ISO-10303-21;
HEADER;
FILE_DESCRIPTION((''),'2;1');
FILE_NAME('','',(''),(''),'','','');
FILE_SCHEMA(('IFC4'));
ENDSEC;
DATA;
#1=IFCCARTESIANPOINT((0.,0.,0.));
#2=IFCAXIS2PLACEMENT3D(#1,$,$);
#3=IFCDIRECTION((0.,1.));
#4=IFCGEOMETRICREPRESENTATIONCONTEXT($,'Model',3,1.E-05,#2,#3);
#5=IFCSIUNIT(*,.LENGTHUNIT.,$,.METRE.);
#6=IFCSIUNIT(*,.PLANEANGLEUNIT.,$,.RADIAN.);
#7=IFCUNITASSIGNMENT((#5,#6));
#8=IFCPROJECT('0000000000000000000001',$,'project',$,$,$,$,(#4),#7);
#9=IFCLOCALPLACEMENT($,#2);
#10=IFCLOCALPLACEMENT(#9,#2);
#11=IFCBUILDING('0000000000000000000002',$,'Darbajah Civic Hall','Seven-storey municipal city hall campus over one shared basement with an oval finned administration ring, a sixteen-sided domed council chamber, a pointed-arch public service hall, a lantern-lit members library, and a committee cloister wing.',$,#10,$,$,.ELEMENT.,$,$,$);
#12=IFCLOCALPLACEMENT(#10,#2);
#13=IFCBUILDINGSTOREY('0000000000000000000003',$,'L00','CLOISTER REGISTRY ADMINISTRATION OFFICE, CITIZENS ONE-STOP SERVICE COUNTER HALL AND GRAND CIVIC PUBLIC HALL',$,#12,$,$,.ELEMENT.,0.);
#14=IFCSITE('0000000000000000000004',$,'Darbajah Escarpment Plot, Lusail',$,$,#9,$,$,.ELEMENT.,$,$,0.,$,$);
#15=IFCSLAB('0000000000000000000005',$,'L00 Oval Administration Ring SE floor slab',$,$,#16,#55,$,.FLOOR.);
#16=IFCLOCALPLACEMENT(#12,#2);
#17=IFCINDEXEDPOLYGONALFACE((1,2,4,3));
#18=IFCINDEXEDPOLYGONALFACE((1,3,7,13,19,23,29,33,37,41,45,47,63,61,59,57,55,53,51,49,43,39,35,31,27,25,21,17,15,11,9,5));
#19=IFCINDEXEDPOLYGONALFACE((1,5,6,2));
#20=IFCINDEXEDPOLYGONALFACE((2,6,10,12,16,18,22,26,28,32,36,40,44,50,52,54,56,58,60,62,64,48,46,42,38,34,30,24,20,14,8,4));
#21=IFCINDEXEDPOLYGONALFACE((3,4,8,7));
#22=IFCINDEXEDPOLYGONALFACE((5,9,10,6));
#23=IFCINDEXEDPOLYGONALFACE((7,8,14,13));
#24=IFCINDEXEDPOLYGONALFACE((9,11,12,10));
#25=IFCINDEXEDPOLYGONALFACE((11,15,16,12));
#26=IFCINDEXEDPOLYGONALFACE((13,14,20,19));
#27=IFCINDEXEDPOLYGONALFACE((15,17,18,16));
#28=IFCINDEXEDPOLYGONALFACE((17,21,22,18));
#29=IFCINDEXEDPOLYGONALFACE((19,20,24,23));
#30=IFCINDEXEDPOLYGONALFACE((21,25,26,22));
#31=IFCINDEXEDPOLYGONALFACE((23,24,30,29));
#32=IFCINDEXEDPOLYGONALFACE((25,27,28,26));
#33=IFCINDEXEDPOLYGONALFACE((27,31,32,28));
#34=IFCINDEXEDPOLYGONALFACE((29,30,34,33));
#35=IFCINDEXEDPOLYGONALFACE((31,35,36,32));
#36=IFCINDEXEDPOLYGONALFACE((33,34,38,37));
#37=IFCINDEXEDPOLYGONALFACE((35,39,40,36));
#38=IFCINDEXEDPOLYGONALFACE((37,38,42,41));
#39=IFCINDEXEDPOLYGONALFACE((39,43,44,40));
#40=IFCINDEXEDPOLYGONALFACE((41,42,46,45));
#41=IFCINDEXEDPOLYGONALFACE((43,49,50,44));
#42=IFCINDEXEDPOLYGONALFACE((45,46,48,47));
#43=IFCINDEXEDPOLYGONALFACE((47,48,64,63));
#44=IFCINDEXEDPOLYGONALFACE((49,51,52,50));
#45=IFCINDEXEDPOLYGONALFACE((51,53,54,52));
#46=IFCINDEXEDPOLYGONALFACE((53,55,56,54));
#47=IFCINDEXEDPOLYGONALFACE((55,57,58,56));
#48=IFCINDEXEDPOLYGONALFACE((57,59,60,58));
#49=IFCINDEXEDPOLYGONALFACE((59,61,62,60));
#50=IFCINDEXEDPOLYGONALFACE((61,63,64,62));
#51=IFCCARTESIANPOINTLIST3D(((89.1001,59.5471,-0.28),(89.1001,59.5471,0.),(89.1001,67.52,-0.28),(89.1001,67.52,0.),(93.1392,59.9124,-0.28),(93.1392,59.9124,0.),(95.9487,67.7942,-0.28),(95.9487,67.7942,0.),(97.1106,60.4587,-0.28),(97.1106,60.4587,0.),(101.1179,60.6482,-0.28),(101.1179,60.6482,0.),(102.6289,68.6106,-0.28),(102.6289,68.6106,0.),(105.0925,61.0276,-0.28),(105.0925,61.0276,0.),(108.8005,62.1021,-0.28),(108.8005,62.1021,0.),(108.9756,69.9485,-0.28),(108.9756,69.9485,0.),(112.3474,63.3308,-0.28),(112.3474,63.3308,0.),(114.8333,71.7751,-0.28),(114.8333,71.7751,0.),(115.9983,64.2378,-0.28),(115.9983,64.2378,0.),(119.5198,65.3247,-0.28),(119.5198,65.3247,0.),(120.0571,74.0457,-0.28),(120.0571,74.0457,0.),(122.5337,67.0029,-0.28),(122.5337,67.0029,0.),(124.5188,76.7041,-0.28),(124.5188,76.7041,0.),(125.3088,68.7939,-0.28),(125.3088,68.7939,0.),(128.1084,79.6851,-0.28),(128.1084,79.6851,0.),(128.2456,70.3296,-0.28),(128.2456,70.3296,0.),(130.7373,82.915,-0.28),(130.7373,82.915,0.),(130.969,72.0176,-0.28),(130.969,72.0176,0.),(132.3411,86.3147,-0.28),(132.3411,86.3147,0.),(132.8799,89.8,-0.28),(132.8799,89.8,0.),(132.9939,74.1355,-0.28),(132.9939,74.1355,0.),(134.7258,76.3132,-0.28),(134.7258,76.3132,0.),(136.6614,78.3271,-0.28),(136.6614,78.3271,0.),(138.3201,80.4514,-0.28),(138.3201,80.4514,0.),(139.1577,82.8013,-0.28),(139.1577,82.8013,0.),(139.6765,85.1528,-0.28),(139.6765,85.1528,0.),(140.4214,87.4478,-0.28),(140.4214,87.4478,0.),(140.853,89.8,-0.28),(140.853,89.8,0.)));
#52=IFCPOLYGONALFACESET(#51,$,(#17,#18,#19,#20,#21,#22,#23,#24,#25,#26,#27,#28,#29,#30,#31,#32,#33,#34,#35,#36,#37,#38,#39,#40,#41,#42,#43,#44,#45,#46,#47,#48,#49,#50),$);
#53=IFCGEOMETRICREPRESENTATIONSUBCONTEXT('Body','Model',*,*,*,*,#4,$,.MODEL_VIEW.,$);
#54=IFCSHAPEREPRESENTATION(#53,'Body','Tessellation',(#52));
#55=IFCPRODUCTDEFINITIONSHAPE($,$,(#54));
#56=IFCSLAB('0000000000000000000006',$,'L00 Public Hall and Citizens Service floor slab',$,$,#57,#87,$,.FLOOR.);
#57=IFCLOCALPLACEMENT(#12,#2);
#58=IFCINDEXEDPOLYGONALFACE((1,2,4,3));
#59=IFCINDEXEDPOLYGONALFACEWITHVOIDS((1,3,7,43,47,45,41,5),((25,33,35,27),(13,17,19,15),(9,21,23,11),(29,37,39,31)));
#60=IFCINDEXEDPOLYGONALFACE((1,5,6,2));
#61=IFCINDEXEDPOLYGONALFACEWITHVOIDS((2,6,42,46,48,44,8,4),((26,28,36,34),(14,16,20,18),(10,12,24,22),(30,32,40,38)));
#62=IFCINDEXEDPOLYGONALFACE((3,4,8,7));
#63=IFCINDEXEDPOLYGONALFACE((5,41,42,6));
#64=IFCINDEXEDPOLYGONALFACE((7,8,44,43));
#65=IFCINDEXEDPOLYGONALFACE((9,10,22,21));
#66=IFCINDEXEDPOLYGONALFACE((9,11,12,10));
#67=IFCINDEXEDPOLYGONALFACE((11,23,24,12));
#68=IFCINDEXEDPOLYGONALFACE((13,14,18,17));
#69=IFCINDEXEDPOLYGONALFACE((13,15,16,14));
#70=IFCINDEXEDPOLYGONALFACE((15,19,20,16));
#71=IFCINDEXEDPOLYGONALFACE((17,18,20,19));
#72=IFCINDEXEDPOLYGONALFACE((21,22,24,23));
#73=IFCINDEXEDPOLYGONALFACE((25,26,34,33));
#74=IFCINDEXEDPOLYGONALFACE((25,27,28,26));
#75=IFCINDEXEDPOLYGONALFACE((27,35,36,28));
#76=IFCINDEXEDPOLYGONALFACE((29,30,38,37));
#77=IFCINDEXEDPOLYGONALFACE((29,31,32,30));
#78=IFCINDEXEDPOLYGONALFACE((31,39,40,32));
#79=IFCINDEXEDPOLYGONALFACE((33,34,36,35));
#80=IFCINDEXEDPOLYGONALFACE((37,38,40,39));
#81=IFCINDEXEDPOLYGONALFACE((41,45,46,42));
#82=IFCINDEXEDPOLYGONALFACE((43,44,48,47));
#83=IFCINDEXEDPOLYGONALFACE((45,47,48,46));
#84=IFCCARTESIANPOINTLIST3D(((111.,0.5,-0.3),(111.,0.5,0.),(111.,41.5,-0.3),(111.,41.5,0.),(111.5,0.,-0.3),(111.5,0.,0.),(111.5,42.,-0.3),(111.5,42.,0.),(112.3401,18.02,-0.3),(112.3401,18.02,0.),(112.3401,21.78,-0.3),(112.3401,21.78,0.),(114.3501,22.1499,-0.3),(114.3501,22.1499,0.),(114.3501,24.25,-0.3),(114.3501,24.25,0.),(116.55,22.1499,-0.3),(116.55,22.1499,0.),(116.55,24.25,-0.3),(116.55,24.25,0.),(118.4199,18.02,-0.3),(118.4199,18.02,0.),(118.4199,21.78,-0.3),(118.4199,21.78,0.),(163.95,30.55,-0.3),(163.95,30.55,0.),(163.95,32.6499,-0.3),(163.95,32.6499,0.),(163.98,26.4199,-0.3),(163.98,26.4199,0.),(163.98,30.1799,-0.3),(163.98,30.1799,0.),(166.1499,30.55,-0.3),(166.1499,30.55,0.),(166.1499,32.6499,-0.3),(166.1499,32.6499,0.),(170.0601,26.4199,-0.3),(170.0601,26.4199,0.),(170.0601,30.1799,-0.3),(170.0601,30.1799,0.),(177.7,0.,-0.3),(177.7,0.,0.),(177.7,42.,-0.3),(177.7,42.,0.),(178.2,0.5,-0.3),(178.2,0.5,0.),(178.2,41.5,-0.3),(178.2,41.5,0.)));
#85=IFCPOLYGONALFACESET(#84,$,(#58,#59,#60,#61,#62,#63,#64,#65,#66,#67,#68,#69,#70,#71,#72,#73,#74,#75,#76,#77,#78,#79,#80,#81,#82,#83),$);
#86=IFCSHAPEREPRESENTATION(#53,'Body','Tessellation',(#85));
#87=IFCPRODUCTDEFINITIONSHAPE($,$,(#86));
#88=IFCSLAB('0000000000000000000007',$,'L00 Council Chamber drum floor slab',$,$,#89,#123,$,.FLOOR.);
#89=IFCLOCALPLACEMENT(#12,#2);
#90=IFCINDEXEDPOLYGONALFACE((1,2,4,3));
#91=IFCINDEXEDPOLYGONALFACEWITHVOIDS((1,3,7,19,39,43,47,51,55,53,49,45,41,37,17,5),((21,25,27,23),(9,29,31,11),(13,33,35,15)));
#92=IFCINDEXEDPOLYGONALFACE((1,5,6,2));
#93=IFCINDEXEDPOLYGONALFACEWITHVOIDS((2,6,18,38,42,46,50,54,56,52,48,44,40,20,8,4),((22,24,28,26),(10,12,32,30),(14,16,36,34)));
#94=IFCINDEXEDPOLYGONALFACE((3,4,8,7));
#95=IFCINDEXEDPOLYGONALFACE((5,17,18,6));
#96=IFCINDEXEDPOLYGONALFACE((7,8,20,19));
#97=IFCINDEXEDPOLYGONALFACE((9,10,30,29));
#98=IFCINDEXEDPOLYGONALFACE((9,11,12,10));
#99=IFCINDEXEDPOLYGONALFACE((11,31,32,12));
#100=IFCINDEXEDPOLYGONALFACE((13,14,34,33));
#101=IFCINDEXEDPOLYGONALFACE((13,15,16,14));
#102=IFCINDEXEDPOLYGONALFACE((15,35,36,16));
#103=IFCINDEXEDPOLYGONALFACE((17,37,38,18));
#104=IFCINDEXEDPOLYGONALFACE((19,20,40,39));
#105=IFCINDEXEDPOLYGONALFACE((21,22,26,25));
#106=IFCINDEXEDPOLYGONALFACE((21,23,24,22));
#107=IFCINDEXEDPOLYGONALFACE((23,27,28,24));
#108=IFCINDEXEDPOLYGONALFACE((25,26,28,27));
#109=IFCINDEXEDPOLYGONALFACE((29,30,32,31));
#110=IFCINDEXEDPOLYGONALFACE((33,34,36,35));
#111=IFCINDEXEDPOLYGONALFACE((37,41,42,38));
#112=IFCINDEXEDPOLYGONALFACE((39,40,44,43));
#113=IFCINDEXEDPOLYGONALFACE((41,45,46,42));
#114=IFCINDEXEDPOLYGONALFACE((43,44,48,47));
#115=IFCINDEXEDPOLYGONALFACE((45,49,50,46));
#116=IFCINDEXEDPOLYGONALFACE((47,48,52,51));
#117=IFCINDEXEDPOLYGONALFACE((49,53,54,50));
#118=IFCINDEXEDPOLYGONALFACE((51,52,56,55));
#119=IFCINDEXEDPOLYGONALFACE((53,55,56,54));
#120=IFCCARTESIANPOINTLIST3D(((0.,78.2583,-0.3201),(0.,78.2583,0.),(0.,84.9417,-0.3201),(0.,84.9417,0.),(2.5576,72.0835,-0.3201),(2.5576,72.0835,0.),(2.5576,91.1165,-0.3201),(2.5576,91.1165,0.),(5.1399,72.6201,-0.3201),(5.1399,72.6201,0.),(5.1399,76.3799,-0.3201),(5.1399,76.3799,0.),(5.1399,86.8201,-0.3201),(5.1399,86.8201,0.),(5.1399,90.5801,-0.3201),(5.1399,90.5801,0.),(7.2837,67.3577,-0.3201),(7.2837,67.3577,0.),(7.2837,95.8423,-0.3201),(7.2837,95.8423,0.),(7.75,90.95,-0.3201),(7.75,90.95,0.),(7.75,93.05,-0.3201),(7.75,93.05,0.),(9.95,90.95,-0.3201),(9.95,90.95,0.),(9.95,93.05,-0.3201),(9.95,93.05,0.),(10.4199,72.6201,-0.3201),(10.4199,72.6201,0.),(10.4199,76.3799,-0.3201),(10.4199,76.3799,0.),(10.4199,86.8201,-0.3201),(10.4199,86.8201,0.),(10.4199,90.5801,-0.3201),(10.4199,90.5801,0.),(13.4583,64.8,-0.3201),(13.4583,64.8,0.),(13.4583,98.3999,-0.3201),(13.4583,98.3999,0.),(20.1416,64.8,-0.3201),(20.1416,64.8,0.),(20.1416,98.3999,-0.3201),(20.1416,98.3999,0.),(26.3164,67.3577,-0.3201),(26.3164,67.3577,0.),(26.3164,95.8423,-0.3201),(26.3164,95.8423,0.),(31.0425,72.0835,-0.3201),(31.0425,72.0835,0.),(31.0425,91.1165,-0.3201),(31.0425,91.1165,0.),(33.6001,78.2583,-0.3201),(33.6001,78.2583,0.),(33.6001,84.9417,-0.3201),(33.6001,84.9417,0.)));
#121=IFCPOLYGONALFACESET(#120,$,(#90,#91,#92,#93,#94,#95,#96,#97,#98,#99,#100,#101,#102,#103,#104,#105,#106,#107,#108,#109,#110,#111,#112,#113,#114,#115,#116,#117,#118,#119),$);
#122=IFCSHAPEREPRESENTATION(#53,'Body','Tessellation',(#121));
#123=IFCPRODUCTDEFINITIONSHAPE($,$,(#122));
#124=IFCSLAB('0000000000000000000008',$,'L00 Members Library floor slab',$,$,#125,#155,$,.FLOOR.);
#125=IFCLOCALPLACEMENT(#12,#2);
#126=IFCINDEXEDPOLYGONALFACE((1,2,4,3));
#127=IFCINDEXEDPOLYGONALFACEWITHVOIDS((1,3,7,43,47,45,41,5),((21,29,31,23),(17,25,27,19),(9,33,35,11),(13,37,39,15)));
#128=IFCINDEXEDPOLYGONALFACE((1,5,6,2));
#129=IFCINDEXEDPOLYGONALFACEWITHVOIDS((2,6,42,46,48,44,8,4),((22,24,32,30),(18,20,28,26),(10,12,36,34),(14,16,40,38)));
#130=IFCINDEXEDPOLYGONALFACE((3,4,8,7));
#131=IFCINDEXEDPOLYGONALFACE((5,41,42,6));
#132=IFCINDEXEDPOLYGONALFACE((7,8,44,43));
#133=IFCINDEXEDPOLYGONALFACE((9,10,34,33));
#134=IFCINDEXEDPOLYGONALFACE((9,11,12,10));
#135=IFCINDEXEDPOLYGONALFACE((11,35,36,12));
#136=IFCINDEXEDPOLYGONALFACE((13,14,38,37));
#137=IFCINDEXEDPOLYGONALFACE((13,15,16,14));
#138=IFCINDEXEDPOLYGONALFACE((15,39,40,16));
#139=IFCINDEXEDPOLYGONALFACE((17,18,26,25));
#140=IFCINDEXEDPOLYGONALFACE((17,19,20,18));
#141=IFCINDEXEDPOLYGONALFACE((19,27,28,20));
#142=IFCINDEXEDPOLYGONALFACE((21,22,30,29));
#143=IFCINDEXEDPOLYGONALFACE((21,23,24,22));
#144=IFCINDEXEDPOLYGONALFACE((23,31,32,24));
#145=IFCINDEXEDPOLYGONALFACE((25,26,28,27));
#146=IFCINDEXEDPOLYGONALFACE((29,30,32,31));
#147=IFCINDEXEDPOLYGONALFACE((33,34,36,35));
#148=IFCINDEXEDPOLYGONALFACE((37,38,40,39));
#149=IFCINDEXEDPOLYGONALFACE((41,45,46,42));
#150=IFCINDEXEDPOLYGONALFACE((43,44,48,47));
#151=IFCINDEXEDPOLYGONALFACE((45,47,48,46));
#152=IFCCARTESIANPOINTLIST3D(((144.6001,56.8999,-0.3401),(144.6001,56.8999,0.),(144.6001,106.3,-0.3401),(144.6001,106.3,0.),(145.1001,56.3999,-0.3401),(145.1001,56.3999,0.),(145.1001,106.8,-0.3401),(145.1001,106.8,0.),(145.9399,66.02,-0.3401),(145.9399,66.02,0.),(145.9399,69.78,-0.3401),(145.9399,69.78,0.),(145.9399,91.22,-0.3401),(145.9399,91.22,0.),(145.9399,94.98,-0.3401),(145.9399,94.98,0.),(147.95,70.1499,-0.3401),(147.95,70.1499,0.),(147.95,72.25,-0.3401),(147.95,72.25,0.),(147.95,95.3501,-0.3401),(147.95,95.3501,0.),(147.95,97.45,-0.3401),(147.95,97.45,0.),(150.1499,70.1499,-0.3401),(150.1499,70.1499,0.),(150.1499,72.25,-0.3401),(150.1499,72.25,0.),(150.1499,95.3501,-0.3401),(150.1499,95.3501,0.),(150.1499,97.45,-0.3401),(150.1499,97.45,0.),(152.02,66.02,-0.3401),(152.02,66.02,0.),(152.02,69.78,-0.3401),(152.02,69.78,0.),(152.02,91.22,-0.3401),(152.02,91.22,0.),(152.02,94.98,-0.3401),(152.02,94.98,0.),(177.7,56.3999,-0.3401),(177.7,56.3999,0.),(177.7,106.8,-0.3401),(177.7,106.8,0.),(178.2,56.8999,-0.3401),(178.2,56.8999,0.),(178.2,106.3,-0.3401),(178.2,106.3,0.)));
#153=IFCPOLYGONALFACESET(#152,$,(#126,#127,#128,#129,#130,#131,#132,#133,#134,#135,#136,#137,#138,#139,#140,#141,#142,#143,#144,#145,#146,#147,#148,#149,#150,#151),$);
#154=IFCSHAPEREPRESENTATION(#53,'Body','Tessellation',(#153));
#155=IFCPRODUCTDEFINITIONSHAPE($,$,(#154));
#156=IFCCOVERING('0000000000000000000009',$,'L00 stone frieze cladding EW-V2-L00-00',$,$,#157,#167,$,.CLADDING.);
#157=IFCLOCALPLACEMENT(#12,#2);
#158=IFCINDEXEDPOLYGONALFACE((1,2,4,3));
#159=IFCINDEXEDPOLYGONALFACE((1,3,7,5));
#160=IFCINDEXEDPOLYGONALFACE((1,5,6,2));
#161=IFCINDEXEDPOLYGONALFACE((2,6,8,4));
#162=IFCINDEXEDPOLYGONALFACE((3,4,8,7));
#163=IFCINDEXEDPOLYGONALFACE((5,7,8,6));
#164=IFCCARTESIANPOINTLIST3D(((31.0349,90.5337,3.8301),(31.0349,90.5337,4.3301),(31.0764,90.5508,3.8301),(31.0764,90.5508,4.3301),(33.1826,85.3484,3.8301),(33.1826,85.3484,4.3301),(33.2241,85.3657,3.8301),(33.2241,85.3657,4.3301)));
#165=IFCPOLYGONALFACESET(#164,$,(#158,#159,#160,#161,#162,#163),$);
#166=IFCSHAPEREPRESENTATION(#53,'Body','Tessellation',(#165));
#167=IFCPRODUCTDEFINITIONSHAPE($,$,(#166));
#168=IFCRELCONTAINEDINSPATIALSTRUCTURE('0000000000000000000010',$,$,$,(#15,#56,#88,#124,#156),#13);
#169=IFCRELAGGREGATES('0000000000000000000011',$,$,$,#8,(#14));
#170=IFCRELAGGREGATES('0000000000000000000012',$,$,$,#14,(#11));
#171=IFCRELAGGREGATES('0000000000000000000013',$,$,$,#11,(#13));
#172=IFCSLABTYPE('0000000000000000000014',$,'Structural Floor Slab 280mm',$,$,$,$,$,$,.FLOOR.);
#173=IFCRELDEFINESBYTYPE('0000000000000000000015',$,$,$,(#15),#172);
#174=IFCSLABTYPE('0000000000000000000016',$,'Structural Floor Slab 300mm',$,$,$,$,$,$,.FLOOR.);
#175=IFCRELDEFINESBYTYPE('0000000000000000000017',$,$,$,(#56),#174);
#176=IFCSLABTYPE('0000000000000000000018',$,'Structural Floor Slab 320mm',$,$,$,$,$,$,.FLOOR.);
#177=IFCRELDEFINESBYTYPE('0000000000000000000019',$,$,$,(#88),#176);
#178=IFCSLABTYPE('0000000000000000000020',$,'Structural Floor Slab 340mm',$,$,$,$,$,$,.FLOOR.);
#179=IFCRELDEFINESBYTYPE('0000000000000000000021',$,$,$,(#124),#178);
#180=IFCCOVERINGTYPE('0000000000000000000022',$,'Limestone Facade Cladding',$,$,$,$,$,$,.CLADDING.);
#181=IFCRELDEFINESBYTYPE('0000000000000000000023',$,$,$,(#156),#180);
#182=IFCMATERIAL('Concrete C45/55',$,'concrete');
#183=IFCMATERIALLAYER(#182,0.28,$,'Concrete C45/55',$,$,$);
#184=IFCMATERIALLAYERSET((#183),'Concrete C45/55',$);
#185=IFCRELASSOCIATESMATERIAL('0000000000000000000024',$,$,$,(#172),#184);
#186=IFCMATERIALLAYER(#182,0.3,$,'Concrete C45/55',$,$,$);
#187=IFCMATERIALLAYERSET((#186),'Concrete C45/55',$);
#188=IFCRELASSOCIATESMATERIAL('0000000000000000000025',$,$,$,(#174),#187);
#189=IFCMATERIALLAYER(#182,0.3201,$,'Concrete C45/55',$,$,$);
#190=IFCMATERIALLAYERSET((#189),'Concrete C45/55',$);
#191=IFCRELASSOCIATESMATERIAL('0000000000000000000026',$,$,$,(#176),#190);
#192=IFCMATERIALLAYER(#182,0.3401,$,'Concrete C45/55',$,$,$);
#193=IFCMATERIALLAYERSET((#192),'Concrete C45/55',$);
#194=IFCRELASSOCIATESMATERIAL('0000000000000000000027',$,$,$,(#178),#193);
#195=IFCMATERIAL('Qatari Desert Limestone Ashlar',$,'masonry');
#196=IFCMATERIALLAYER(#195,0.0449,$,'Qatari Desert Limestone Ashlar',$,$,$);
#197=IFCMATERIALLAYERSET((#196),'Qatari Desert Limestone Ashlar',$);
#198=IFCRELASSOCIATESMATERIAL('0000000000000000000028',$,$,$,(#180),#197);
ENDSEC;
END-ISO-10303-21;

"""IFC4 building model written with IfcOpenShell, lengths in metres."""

from ifc_helpers import new_model, si_unit, direction, frame, origin, place, context, subcontext, project, spatial, polyline, outline, extrude, material, layer, layer_set, type_object, element, save


model = new_model("IFC4")

# Units and contexts
model_context = context("Model", 3, precision=1e-05, world=origin(), true_north=direction((0.0, 1.0)))
body_context = subcontext(model_context, "Body", "Model", "MODEL_VIEW")
ifc_project = project(units=[si_unit("LENGTHUNIT", "METRE"), si_unit("PLANEANGLEUNIT", "RADIAN")], contexts=[model_context])

# Site, building, storey
site_placement = place(None, origin())
site = spatial("IfcSite", under=ifc_project, at=site_placement, Name="Darbajah Escarpment Plot, Lusail", CompositionType="ELEMENT", RefElevation=0.0)
building_placement = place(site_placement, origin())
building = spatial("IfcBuilding", under=site, at=building_placement, Name="Darbajah Civic Hall", Description="Seven-storey municipal city hall campus over one shared basement with an oval finned administration ring, a sixteen-sided domed council chamber, a pointed-arch public service hall, a lantern-lit members library, and a committee cloister wing.", CompositionType="ELEMENT")
storey_placement = place(building_placement, origin())
storey = spatial("IfcBuildingStorey", under=building, at=storey_placement, Name="L00", Description="CLOISTER REGISTRY ADMINISTRATION OFFICE, CITIZENS ONE-STOP SERVICE COUNTER HALL AND GRAND CIVIC PUBLIC HALL", CompositionType="ELEMENT", Elevation=0.0)

# Shared definitions
ifc_material_1 = material(Name="Concrete C45/55", Category="concrete")

# Slabs
ifc_layer_1 = layer(ifc_material_1, 0.28, Name="Concrete C45/55")
ifc_layer_set_1 = layer_set([ifc_layer_1], Name="Concrete C45/55")
slab_type_1 = type_object("IfcSlabType", Name="Structural Floor Slab 280mm", PredefinedType="FLOOR", material=ifc_layer_set_1)
slab_1_placement = place(storey_placement, frame((0.0, 0.0, -0.28)))
element("IfcSlab", 1, at=slab_1_placement, inside=storey, type_object=slab_type_1, Name="L00 Oval Administration Ring SE floor slab", PredefinedType="FLOOR", context=body_context, shape_type="SweptSolid", body=[
    extrude(outline(polyline([(89.1001, 59.5471), (93.1392, 59.9124), (97.1106, 60.4587), (101.1179, 60.6482), (105.0925, 61.0276), (108.8005, 62.1021), (112.3474, 63.3308), (115.9983, 64.2378), (119.5198, 65.3247), (122.5337, 67.0029), (125.3088, 68.7939), (128.2456, 70.3296), (130.969, 72.0176), (132.9939, 74.1355), (134.7258, 76.3132), (136.6614, 78.3271), (138.3201, 80.4514), (139.1577, 82.8013), (139.6765, 85.1528), (140.4214, 87.4478), (140.853, 89.8), (132.8799, 89.8), (132.3411, 86.3147), (130.7373, 82.915), (128.1084, 79.6851), (124.5188, 76.7041), (120.0571, 74.0457), (114.8333, 71.7751), (108.9756, 69.9485), (102.6289, 68.6106), (95.9487, 67.7942), (89.1001, 67.52), (89.1001, 59.5471)])), origin(), (0.0, 0.0, 1.0), 0.28),
])
ifc_layer_2 = layer(ifc_material_1, 0.3, Name="Concrete C45/55")
ifc_layer_set_2 = layer_set([ifc_layer_2], Name="Concrete C45/55")
slab_type_2 = type_object("IfcSlabType", Name="Structural Floor Slab 300mm", PredefinedType="FLOOR", material=ifc_layer_set_2)
slab_2_placement = place(storey_placement, frame((0.0, 0.0, -0.3)))
element("IfcSlab", 2, at=slab_2_placement, inside=storey, type_object=slab_type_2, Name="L00 Public Hall and Citizens Service floor slab", PredefinedType="FLOOR", context=body_context, shape_type="SweptSolid", body=[
    extrude(outline(polyline([(111.5, 0.0), (177.7, 0.0), (178.2, 0.5), (178.2, 41.5), (177.7, 42.0), (111.5, 42.0), (111.0, 41.5), (111.0, 0.5), (111.5, 0.0)]), holes=[polyline([(112.3401, 21.78), (118.4199, 21.78), (118.4199, 18.02), (112.3401, 18.02), (112.3401, 21.78)]), polyline([(114.3501, 24.25), (116.55, 24.25), (116.55, 22.1499), (114.3501, 22.1499), (114.3501, 24.25)]), polyline([(163.98, 30.1799), (170.0601, 30.1799), (170.0601, 26.4199), (163.98, 26.4199), (163.98, 30.1799)]), polyline([(163.95, 32.6499), (166.1499, 32.6499), (166.1499, 30.55), (163.95, 30.55), (163.95, 32.6499)])]), origin(), (0.0, 0.0, 1.0), 0.3),
])
ifc_layer_3 = layer(ifc_material_1, 0.3201, Name="Concrete C45/55")
ifc_layer_set_3 = layer_set([ifc_layer_3], Name="Concrete C45/55")
slab_type_3 = type_object("IfcSlabType", Name="Structural Floor Slab 320mm", PredefinedType="FLOOR", material=ifc_layer_set_3)
slab_3_placement = place(storey_placement, frame((0.0, 0.0, -0.3201)))
element("IfcSlab", 3, at=slab_3_placement, inside=storey, type_object=slab_type_3, Name="L00 Council Chamber drum floor slab", PredefinedType="FLOOR", context=body_context, shape_type="SweptSolid", body=[
    extrude(outline(polyline([(33.6001, 84.9417), (31.0425, 91.1165), (26.3164, 95.8423), (20.1416, 98.3999), (13.4583, 98.3999), (7.2837, 95.8423), (2.5576, 91.1165), (0.0, 84.9417), (0.0, 78.2583), (2.5576, 72.0835), (7.2837, 67.3577), (13.4583, 64.8), (20.1416, 64.8), (26.3164, 67.3577), (31.0425, 72.0835), (33.6001, 78.2583), (33.6001, 84.9417)]), holes=[polyline([(5.1399, 90.5801), (10.4199, 90.5801), (10.4199, 86.8201), (5.1399, 86.8201), (5.1399, 90.5801)]), polyline([(7.75, 93.05), (9.95, 93.05), (9.95, 90.95), (7.75, 90.95), (7.75, 93.05)]), polyline([(5.1399, 76.3799), (10.4199, 76.3799), (10.4199, 72.6201), (5.1399, 72.6201), (5.1399, 76.3799)])]), origin(), (0.0, 0.0, 1.0), 0.3201),
])
ifc_layer_4 = layer(ifc_material_1, 0.3401, Name="Concrete C45/55")
ifc_layer_set_4 = layer_set([ifc_layer_4], Name="Concrete C45/55")
slab_type_4 = type_object("IfcSlabType", Name="Structural Floor Slab 340mm", PredefinedType="FLOOR", material=ifc_layer_set_4)
slab_4_placement = place(storey_placement, frame((0.0, 0.0, -0.3401)))
element("IfcSlab", 4, at=slab_4_placement, inside=storey, type_object=slab_type_4, Name="L00 Members Library floor slab", PredefinedType="FLOOR", context=body_context, shape_type="SweptSolid", body=[
    extrude(outline(polyline([(145.1001, 56.3999), (177.7, 56.3999), (178.2, 56.8999), (178.2, 106.3), (177.7, 106.8), (145.1001, 106.8), (144.6001, 106.3), (144.6001, 56.8999), (145.1001, 56.3999)]), holes=[polyline([(145.9399, 94.98), (152.02, 94.98), (152.02, 91.22), (145.9399, 91.22), (145.9399, 94.98)]), polyline([(147.95, 97.45), (150.1499, 97.45), (150.1499, 95.3501), (147.95, 95.3501), (147.95, 97.45)]), polyline([(145.9399, 69.78), (152.02, 69.78), (152.02, 66.02), (145.9399, 66.02), (145.9399, 69.78)]), polyline([(147.95, 72.25), (150.1499, 72.25), (150.1499, 70.1499), (147.95, 70.1499), (147.95, 72.25)])]), origin(), (0.0, 0.0, 1.0), 0.3401),
])

# Covering
ifc_material_2 = material(Name="Qatari Desert Limestone Ashlar", Category="masonry")
ifc_layer_5 = layer(ifc_material_2, 0.0449, Name="Qatari Desert Limestone Ashlar")
ifc_layer_set_5 = layer_set([ifc_layer_5], Name="Qatari Desert Limestone Ashlar")
covering_type = type_object("IfcCoveringType", Name="Limestone Facade Cladding", PredefinedType="CLADDING", material=ifc_layer_set_5)
covering_1_placement = place(storey_placement, frame((0.0, 0.0, 3.8301)))
element("IfcCovering", 5, at=covering_1_placement, inside=storey, type_object=covering_type, Name="L00 stone frieze cladding EW-V2-L00-00", PredefinedType="CLADDING", context=body_context, shape_type="SweptSolid", body=[
    extrude(outline(polyline([(33.1826, 85.3484), (31.0349, 90.5337), (31.0764, 90.5508), (33.2241, 85.3657), (33.1826, 85.3484)])), origin(), (0.0, 0.0, 1.0), 0.5),
])

save(model, "model.ifc")
